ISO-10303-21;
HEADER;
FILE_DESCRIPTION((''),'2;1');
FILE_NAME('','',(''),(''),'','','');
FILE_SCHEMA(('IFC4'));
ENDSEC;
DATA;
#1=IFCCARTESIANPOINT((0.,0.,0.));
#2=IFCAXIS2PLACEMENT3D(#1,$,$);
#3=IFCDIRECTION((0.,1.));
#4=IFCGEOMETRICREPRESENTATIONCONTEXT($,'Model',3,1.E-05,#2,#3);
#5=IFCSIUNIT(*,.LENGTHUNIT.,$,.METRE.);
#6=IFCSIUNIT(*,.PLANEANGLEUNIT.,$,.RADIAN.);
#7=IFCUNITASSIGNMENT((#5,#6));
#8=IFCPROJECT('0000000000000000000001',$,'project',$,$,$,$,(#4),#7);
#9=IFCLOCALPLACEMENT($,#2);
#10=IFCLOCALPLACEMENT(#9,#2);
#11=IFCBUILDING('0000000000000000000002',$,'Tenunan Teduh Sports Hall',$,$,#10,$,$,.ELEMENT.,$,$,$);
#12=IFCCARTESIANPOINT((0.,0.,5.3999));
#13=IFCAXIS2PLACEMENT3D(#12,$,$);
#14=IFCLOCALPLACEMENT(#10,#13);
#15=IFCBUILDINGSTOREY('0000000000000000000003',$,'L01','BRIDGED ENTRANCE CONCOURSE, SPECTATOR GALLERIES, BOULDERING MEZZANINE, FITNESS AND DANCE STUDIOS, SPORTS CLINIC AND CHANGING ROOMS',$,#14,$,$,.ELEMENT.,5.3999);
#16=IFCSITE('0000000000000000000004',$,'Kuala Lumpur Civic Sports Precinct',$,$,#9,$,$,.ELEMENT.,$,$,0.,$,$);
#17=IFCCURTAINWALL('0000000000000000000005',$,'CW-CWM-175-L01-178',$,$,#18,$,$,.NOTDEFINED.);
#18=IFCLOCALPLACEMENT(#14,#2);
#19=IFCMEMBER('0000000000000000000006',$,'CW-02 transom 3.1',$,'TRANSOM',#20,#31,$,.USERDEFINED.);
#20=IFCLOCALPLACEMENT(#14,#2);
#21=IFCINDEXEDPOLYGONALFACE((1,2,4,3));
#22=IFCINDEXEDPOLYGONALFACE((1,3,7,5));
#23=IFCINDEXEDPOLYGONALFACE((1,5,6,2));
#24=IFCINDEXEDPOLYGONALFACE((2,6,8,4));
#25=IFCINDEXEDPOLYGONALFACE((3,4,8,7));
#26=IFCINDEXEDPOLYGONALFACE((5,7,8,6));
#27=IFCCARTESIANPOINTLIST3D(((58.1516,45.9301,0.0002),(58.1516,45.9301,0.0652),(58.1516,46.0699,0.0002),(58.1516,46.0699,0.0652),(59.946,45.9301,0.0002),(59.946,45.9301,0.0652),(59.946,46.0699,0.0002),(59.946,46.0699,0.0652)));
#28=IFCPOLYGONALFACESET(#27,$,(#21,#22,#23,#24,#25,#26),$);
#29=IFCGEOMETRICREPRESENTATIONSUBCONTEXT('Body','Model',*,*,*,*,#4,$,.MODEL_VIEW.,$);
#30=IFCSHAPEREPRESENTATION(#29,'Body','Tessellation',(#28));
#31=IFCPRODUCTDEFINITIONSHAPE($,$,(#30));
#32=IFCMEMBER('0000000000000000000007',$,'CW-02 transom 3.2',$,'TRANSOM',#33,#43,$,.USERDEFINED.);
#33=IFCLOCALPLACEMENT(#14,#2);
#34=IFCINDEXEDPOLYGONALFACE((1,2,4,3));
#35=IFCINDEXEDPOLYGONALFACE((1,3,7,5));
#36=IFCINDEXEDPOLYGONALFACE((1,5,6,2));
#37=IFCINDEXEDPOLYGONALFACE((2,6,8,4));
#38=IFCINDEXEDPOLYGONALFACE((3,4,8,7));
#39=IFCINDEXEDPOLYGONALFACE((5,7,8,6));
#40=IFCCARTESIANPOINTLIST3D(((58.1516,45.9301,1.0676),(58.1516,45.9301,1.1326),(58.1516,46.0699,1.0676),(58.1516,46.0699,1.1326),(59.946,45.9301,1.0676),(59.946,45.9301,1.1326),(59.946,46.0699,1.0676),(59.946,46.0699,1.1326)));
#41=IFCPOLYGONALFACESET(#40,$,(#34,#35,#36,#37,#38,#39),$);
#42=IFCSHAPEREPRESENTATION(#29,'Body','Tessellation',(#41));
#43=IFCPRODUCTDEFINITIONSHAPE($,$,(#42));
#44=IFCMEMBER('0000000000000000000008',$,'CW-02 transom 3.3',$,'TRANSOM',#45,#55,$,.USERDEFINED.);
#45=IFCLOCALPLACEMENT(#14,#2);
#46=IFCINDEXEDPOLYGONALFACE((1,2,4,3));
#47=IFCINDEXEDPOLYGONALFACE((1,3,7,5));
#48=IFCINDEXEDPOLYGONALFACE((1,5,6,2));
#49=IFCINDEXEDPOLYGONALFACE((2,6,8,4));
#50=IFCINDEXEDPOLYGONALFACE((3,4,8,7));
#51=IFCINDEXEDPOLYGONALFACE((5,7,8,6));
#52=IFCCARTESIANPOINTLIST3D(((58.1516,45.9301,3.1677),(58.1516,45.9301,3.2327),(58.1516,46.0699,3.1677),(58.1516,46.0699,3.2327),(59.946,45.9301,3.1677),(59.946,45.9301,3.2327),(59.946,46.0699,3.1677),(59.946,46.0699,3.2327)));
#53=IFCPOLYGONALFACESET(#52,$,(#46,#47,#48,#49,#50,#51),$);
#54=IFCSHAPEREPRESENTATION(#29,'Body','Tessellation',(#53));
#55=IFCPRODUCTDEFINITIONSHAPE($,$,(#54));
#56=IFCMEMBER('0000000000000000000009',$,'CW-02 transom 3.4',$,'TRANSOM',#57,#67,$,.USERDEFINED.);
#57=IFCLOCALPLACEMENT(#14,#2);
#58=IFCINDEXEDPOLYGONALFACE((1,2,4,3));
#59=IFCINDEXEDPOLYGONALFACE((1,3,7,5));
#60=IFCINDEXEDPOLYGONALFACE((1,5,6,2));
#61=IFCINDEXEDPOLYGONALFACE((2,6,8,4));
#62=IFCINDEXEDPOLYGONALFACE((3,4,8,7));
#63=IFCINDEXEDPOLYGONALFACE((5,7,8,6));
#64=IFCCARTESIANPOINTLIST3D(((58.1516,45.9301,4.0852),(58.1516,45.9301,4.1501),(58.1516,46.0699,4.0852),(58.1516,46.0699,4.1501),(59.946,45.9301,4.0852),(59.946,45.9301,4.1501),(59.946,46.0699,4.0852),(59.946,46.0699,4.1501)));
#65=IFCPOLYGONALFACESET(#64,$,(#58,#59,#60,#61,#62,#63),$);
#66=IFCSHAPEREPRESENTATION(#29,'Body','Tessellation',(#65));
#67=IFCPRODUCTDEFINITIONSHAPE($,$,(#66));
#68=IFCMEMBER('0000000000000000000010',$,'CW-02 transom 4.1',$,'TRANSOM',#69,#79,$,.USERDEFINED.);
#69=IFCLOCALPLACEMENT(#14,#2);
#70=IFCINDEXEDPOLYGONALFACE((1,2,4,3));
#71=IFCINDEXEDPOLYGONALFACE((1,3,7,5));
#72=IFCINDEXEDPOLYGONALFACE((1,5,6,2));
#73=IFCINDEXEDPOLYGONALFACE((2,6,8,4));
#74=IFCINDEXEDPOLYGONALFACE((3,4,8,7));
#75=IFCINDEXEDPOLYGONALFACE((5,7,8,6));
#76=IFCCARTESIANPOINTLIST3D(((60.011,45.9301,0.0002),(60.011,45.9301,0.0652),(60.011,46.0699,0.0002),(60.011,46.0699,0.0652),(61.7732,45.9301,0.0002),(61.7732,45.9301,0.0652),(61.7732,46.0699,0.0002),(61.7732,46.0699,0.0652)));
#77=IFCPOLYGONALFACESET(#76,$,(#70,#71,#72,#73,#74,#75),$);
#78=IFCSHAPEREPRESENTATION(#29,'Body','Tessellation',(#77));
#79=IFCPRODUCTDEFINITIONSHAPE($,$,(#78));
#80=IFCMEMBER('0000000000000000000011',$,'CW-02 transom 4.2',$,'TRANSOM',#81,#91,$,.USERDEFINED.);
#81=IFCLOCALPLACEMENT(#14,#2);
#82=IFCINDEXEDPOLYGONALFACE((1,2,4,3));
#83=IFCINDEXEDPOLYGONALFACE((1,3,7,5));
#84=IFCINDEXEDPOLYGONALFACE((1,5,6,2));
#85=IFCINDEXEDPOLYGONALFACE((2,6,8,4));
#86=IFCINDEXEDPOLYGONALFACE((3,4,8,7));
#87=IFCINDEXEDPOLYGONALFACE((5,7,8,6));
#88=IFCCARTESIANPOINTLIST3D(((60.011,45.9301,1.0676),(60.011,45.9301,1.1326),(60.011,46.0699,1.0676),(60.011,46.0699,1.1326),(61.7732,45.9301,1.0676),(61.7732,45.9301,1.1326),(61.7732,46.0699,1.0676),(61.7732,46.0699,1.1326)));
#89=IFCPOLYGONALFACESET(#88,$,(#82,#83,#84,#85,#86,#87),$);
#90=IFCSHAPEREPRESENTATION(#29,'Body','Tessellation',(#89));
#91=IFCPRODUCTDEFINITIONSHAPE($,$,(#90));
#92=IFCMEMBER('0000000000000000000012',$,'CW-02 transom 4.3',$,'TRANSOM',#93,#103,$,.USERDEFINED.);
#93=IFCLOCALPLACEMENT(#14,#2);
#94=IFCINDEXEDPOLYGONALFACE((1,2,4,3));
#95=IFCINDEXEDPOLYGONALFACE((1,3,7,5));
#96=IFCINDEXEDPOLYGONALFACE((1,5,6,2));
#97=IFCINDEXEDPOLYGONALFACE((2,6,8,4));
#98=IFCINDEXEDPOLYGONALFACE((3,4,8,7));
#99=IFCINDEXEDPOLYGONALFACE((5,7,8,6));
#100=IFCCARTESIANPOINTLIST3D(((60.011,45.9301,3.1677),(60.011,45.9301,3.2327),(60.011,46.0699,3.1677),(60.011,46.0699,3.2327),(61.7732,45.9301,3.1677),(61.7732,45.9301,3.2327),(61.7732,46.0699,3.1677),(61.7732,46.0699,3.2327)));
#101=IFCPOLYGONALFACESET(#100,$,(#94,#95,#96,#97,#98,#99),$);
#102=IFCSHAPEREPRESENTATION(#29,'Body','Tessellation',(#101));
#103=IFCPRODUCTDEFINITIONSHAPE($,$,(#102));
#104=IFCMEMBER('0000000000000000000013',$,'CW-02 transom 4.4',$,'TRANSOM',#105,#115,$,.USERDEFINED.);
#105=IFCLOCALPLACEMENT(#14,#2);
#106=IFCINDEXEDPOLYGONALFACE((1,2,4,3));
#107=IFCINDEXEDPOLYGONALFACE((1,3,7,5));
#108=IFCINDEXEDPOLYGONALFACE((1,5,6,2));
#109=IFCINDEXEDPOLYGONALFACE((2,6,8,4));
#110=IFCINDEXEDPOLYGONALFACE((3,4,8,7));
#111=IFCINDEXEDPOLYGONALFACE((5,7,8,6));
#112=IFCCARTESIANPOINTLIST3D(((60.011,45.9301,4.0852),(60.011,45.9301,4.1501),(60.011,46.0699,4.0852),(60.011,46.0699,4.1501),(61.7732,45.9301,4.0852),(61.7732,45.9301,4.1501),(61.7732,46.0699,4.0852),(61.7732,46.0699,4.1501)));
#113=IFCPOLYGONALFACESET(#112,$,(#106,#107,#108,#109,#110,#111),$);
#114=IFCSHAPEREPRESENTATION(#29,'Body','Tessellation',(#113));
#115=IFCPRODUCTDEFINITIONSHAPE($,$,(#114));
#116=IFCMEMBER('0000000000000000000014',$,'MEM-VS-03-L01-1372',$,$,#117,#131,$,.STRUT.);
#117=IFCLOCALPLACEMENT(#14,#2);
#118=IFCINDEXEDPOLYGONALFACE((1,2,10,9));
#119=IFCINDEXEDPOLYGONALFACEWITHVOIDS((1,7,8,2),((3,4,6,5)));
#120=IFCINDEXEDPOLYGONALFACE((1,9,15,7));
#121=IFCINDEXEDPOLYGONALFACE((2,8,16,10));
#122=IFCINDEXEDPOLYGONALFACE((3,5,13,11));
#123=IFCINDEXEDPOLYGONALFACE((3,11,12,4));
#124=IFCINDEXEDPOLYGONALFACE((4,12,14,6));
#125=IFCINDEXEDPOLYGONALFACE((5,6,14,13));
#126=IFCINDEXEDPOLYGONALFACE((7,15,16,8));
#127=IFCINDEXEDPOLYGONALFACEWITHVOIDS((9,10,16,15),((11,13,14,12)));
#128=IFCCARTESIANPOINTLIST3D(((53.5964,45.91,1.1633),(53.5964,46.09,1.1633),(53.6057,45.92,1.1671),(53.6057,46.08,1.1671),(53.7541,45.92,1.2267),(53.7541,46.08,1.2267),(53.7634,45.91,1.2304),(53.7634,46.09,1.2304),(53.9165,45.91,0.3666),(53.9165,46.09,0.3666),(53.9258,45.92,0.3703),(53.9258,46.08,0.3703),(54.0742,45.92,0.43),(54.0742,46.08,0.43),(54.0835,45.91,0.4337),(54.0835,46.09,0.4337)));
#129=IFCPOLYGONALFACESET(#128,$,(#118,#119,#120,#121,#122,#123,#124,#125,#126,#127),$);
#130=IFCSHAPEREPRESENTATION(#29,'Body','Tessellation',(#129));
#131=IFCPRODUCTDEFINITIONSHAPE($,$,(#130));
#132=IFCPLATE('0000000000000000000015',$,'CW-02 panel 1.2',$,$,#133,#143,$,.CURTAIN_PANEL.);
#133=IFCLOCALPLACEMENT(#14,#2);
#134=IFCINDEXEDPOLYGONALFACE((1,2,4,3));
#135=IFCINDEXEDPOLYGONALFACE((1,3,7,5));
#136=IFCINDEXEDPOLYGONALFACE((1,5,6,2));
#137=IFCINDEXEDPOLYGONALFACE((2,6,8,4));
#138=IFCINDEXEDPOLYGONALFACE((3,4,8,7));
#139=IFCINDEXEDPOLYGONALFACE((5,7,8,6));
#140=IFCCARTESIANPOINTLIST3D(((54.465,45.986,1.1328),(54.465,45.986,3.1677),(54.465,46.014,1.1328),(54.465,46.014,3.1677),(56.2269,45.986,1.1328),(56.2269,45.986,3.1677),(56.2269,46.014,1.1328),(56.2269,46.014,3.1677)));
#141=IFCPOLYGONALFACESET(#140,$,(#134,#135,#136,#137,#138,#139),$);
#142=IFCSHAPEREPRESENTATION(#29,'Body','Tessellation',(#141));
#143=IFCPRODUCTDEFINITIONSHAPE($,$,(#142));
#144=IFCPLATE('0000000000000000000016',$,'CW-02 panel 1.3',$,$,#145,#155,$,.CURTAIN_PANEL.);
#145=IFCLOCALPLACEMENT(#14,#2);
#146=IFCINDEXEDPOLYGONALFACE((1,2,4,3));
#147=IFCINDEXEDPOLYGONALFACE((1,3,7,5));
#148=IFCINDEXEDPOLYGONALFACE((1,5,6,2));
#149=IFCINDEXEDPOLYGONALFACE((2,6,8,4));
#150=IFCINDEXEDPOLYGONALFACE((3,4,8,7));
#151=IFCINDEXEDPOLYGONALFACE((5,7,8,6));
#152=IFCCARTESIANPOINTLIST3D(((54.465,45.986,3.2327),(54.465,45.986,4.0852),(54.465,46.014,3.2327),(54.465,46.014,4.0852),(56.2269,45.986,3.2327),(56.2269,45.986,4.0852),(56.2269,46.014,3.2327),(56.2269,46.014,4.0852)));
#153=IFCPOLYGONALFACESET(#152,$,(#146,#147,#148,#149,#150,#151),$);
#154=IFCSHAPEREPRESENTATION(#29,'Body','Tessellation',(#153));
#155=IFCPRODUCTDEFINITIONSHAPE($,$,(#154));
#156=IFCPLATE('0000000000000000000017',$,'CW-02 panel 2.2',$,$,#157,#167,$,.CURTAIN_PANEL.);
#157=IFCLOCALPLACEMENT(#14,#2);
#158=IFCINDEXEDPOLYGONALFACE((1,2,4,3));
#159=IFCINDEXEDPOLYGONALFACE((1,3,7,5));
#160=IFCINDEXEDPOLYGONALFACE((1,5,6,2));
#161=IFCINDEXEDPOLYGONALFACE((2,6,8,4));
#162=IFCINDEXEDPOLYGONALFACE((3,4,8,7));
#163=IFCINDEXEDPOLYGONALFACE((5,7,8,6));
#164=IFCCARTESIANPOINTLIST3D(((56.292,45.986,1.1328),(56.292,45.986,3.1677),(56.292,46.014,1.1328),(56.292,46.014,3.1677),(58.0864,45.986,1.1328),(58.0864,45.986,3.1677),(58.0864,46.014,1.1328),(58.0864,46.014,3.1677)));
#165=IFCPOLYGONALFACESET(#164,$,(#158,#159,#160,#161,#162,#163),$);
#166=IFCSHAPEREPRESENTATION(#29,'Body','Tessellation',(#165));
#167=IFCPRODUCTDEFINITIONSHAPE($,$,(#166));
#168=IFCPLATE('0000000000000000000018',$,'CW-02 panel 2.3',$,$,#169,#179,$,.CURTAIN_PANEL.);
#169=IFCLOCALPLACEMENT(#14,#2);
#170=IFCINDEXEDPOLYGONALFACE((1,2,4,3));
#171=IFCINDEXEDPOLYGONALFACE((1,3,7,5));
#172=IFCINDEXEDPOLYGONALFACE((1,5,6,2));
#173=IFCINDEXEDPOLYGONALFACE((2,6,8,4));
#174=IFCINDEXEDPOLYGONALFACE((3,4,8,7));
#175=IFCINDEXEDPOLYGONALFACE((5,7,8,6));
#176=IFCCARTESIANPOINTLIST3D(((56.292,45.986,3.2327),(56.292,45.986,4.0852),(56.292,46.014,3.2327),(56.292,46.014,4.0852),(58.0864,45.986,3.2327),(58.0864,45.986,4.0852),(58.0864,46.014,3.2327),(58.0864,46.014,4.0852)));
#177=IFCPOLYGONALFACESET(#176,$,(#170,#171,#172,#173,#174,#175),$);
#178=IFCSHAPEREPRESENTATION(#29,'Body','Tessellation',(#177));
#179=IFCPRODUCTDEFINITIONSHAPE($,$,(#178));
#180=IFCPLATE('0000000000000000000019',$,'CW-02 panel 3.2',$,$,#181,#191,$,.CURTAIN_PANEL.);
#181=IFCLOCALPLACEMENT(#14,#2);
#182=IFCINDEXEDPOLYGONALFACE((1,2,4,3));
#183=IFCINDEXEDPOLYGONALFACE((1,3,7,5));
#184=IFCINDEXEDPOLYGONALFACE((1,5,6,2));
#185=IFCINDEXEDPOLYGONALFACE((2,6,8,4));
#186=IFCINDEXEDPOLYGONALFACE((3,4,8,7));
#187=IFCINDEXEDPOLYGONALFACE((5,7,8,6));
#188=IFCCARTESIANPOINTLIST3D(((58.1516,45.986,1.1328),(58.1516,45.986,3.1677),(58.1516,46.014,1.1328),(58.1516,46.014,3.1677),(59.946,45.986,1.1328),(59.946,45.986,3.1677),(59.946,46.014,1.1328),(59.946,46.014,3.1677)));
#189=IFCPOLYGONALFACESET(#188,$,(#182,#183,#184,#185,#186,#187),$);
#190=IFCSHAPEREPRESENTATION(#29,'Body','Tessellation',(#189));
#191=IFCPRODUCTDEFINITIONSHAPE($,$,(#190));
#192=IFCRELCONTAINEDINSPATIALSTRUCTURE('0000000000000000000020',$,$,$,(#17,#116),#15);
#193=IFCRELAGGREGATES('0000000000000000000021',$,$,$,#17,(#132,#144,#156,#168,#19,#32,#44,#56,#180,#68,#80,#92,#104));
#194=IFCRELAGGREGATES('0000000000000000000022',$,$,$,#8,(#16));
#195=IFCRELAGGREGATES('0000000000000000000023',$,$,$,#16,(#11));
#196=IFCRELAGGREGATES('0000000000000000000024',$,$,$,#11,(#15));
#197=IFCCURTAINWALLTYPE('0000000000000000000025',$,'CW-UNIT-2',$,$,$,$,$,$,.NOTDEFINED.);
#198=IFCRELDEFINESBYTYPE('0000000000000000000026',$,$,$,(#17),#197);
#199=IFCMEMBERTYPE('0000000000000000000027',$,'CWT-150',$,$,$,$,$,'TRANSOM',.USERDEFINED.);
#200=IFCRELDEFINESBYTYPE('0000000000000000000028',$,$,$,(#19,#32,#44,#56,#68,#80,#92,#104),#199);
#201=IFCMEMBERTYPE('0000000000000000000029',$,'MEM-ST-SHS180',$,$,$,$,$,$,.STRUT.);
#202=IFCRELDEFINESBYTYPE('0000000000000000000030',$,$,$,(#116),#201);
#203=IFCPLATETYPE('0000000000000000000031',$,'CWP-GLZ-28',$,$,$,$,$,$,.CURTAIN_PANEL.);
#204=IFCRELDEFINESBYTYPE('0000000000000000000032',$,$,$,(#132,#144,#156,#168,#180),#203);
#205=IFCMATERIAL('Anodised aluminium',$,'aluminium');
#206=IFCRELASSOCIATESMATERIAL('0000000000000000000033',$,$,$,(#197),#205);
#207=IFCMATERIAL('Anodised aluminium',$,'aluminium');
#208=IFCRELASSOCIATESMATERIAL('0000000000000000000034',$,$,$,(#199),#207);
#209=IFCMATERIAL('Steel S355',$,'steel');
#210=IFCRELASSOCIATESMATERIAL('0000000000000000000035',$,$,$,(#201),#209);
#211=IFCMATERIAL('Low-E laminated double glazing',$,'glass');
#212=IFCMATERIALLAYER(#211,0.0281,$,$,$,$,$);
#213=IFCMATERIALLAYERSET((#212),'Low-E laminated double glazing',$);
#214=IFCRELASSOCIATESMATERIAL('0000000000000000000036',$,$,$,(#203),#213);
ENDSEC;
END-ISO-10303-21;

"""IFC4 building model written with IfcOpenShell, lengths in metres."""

from ifc_helpers import new_model, si_unit, direction, frame, origin, origin_2d, place, context, subcontext, project, spatial, rectangle, hollow_rectangle, extrude, material, layer, layer_set, material_profile, profile_set, type_object, element, aggregate, save


model = new_model("IFC4")

# Units and contexts
model_context = context("Model", 3, precision=1e-05, world=origin(), true_north=direction((0.0, 1.0)))
body_context = subcontext(model_context, "Body", "Model", "MODEL_VIEW")
ifc_project = project(units=[si_unit("LENGTHUNIT", "METRE"), si_unit("PLANEANGLEUNIT", "RADIAN")], contexts=[model_context])

# Site, building, storey
site_placement = place(None, origin())
site = spatial("IfcSite", under=ifc_project, at=site_placement, Name="Kuala Lumpur Civic Sports Precinct", CompositionType="ELEMENT", RefElevation=0.0)
building_placement = place(site_placement, origin())
building = spatial("IfcBuilding", under=site, at=building_placement, Name="Tenunan Teduh Sports Hall", CompositionType="ELEMENT")
storey_placement = place(building_placement, frame((0.0, 0.0, 5.3999)))
storey = spatial("IfcBuildingStorey", under=building, at=storey_placement, Name="L01", Description="BRIDGED ENTRANCE CONCOURSE, SPECTATOR GALLERIES, BOULDERING MEZZANINE, FITNESS AND DANCE STUDIOS, SPORTS CLINIC AND CHANGING ROOMS", CompositionType="ELEMENT", Elevation=5.3999)

# Curtain wall, members
ifc_material_1 = material(Name="Anodised aluminium", Category="aluminium")
curtain_wall_type = type_object("IfcCurtainWallType", Name="CW-UNIT-2", PredefinedType="NOTDEFINED", material=ifc_material_1)
curtain_wall_placement = place(storey_placement, origin())
curtain_wall = element("IfcCurtainWall", 1, at=curtain_wall_placement, inside=storey, type_object=curtain_wall_type, Name="CW-CWM-175-L01-178", PredefinedType="NOTDEFINED")
ifc_material_2 = material(Name="Anodised aluminium", Category="aluminium")
ifc_material_profile_1 = material_profile(ifc_material_2, rectangle(XDim=0.0649, YDim=0.1399, at=origin_2d()), Name="CWT 65x140")
ifc_profile_set_1 = profile_set([ifc_material_profile_1], Name="Anodised aluminium")
member_type_1 = type_object("IfcMemberType", Name="CWT-150", ElementType="TRANSOM", PredefinedType="USERDEFINED", material=ifc_profile_set_1)
member_1_placement = place(storey_placement, frame((58.1516, 46.0, 0.0327), z_axis=(1.0, 0.0, 0.0), x_axis=(0.0, 0.0, 1.0)))
member_1 = element("IfcMember", 2, at=member_1_placement, type_object=member_type_1, Name="CW-02 transom 3.1", ObjectType="TRANSOM", PredefinedType="USERDEFINED", context=body_context, shape_type="SweptSolid", body=[
    extrude(rectangle(XDim=0.0649, YDim=0.1399, at=origin_2d()), origin(), (0.0, 0.0, 1.0), 1.7944),
])
member_2_placement = place(storey_placement, frame((58.1516, 46.0, 1.1001), z_axis=(1.0, 0.0, 0.0), x_axis=(0.0, 0.0, 1.0)))
member_2 = element("IfcMember", 3, at=member_2_placement, type_object=member_type_1, Name="CW-02 transom 3.2", ObjectType="TRANSOM", PredefinedType="USERDEFINED", context=body_context, shape_type="SweptSolid", body=[
    extrude(rectangle(XDim=0.0649, YDim=0.1399, at=origin_2d()), origin(), (0.0, 0.0, 1.0), 1.7944),
])
member_3_placement = place(storey_placement, frame((58.1516, 46.0, 3.2002), z_axis=(1.0, 0.0, 0.0), x_axis=(0.0, 0.0, 1.0)))
member_3 = element("IfcMember", 4, at=member_3_placement, type_object=member_type_1, Name="CW-02 transom 3.3", ObjectType="TRANSOM", PredefinedType="USERDEFINED", context=body_context, shape_type="SweptSolid", body=[
    extrude(rectangle(XDim=0.0649, YDim=0.1399, at=origin_2d()), origin(), (0.0, 0.0, 1.0), 1.7944),
])
member_4_placement = place(storey_placement, frame((58.1516, 46.0, 4.1177), z_axis=(1.0, 0.0, 0.0), x_axis=(0.0, 0.0, 1.0)))
member_4 = element("IfcMember", 5, at=member_4_placement, type_object=member_type_1, Name="CW-02 transom 3.4", ObjectType="TRANSOM", PredefinedType="USERDEFINED", context=body_context, shape_type="SweptSolid", body=[
    extrude(rectangle(XDim=0.0649, YDim=0.1399, at=origin_2d()), origin(), (0.0, 0.0, 1.0), 1.7944),
])
member_5_placement = place(storey_placement, frame((60.011, 46.0, 0.0327), z_axis=(1.0, 0.0, 0.0), x_axis=(0.0, 0.0, 1.0)))
member_5 = element("IfcMember", 6, at=member_5_placement, type_object=member_type_1, Name="CW-02 transom 4.1", ObjectType="TRANSOM", PredefinedType="USERDEFINED", context=body_context, shape_type="SweptSolid", body=[
    extrude(rectangle(XDim=0.0649, YDim=0.1399, at=origin_2d()), origin(), (0.0, 0.0, 1.0), 1.7622),
])
member_6_placement = place(storey_placement, frame((60.011, 46.0, 1.1001), z_axis=(1.0, 0.0, 0.0), x_axis=(0.0, 0.0, 1.0)))
member_6 = element("IfcMember", 7, at=member_6_placement, type_object=member_type_1, Name="CW-02 transom 4.2", ObjectType="TRANSOM", PredefinedType="USERDEFINED", context=body_context, shape_type="SweptSolid", body=[
    extrude(rectangle(XDim=0.0649, YDim=0.1399, at=origin_2d()), origin(), (0.0, 0.0, 1.0), 1.7622),
])
member_7_placement = place(storey_placement, frame((60.011, 46.0, 3.2002), z_axis=(1.0, 0.0, 0.0), x_axis=(0.0, 0.0, 1.0)))
member_7 = element("IfcMember", 8, at=member_7_placement, type_object=member_type_1, Name="CW-02 transom 4.3", ObjectType="TRANSOM", PredefinedType="USERDEFINED", context=body_context, shape_type="SweptSolid", body=[
    extrude(rectangle(XDim=0.0649, YDim=0.1399, at=origin_2d()), origin(), (0.0, 0.0, 1.0), 1.7622),
])
member_8_placement = place(storey_placement, frame((60.011, 46.0, 4.1177), z_axis=(1.0, 0.0, 0.0), x_axis=(0.0, 0.0, 1.0)))
member_8 = element("IfcMember", 9, at=member_8_placement, type_object=member_type_1, Name="CW-02 transom 4.4", ObjectType="TRANSOM", PredefinedType="USERDEFINED", context=body_context, shape_type="SweptSolid", body=[
    extrude(rectangle(XDim=0.0649, YDim=0.1399, at=origin_2d()), origin(), (0.0, 0.0, 1.0), 1.7622),
])

# Member
ifc_material_3 = material(Name="Steel S355", Category="steel")
ifc_material_profile_2 = material_profile(ifc_material_3, hollow_rectangle(XDim=0.1799, YDim=0.1799, WallThickness=0.01, at=origin_2d()), Name="SHS 180x180x10.0")
ifc_profile_set_2 = profile_set([ifc_material_profile_2], Name="Steel S355")
member_type_2 = type_object("IfcMemberType", Name="MEM-ST-SHS180", PredefinedType="STRUT", material=ifc_profile_set_2)
member_9_placement = place(storey_placement, frame((54.0, 46.0, 0.4001), z_axis=(-0.372812, 0.0, 0.927907), x_axis=(0.0, -1.0, 0.0)))
element("IfcMember", 10, at=member_9_placement, inside=storey, type_object=member_type_2, Name="MEM-VS-03-L01-1372", PredefinedType="STRUT", context=body_context, shape_type="SweptSolid", body=[
    extrude(hollow_rectangle(XDim=0.1799, YDim=0.1799, WallThickness=0.01, at=origin_2d()), origin(), (0.0, 0.0, 1.0), 0.8586),
])

# Plates
ifc_material_4 = material(Name="Low-E laminated double glazing", Category="glass")
ifc_layer_1 = layer(ifc_material_4, 0.0281)
ifc_layer_set_1 = layer_set([ifc_layer_1], Name="Low-E laminated double glazing")
plate_type_1 = type_object("IfcPlateType", Name="CWP-GLZ-28", PredefinedType="CURTAIN_PANEL", material=ifc_layer_set_1)
plate_1_placement = place(storey_placement, frame((55.3459, 46.0, 1.1328), z_axis=(0.0, 0.0, 1.0), x_axis=(1.0, 0.0, 0.0)))
plate_1 = element("IfcPlate", 11, at=plate_1_placement, type_object=plate_type_1, Name="CW-02 panel 1.2", PredefinedType="CURTAIN_PANEL", context=body_context, shape_type="SweptSolid", body=[
    extrude(rectangle(XDim=1.762, YDim=0.0281, at=origin_2d()), origin(), (0.0, 0.0, 1.0), 2.0349),
])
plate_2_placement = place(storey_placement, frame((55.3459, 46.0, 3.2327), z_axis=(0.0, 0.0, 1.0), x_axis=(1.0, 0.0, 0.0)))
plate_2 = element("IfcPlate", 12, at=plate_2_placement, type_object=plate_type_1, Name="CW-02 panel 1.3", PredefinedType="CURTAIN_PANEL", context=body_context, shape_type="SweptSolid", body=[
    extrude(rectangle(XDim=1.762, YDim=0.0281, at=origin_2d()), origin(), (0.0, 0.0, 1.0), 0.8525),
])
plate_3_placement = place(storey_placement, frame((57.1892, 46.0, 1.1328), z_axis=(0.0, 0.0, 1.0), x_axis=(1.0, 0.0, 0.0)))
plate_3 = element("IfcPlate", 13, at=plate_3_placement, type_object=plate_type_1, Name="CW-02 panel 2.2", PredefinedType="CURTAIN_PANEL", context=body_context, shape_type="SweptSolid", body=[
    extrude(rectangle(XDim=1.7944, YDim=0.0281, at=origin_2d()), origin(), (0.0, 0.0, 1.0), 2.0349),
])
plate_4_placement = place(storey_placement, frame((57.1892, 46.0, 3.2327), z_axis=(0.0, 0.0, 1.0), x_axis=(1.0, 0.0, 0.0)))
plate_4 = element("IfcPlate", 14, at=plate_4_placement, type_object=plate_type_1, Name="CW-02 panel 2.3", PredefinedType="CURTAIN_PANEL", context=body_context, shape_type="SweptSolid", body=[
    extrude(rectangle(XDim=1.7944, YDim=0.0281, at=origin_2d()), origin(), (0.0, 0.0, 1.0), 0.8525),
])
plate_5_placement = place(storey_placement, frame((59.0488, 46.0, 1.1328), z_axis=(0.0, 0.0, 1.0), x_axis=(1.0, 0.0, 0.0)))
plate_5 = element("IfcPlate", 15, at=plate_5_placement, type_object=plate_type_1, Name="CW-02 panel 3.2", PredefinedType="CURTAIN_PANEL", context=body_context, shape_type="SweptSolid", body=[
    extrude(rectangle(XDim=1.7944, YDim=0.0281, at=origin_2d()), origin(), (0.0, 0.0, 1.0), 2.0349),
])
aggregate(curtain_wall, [plate_1, plate_2, plate_3, plate_4, member_1, member_2, member_3, member_4, plate_5, member_5, member_6, member_7, member_8])

save(model, "model.ifc")
